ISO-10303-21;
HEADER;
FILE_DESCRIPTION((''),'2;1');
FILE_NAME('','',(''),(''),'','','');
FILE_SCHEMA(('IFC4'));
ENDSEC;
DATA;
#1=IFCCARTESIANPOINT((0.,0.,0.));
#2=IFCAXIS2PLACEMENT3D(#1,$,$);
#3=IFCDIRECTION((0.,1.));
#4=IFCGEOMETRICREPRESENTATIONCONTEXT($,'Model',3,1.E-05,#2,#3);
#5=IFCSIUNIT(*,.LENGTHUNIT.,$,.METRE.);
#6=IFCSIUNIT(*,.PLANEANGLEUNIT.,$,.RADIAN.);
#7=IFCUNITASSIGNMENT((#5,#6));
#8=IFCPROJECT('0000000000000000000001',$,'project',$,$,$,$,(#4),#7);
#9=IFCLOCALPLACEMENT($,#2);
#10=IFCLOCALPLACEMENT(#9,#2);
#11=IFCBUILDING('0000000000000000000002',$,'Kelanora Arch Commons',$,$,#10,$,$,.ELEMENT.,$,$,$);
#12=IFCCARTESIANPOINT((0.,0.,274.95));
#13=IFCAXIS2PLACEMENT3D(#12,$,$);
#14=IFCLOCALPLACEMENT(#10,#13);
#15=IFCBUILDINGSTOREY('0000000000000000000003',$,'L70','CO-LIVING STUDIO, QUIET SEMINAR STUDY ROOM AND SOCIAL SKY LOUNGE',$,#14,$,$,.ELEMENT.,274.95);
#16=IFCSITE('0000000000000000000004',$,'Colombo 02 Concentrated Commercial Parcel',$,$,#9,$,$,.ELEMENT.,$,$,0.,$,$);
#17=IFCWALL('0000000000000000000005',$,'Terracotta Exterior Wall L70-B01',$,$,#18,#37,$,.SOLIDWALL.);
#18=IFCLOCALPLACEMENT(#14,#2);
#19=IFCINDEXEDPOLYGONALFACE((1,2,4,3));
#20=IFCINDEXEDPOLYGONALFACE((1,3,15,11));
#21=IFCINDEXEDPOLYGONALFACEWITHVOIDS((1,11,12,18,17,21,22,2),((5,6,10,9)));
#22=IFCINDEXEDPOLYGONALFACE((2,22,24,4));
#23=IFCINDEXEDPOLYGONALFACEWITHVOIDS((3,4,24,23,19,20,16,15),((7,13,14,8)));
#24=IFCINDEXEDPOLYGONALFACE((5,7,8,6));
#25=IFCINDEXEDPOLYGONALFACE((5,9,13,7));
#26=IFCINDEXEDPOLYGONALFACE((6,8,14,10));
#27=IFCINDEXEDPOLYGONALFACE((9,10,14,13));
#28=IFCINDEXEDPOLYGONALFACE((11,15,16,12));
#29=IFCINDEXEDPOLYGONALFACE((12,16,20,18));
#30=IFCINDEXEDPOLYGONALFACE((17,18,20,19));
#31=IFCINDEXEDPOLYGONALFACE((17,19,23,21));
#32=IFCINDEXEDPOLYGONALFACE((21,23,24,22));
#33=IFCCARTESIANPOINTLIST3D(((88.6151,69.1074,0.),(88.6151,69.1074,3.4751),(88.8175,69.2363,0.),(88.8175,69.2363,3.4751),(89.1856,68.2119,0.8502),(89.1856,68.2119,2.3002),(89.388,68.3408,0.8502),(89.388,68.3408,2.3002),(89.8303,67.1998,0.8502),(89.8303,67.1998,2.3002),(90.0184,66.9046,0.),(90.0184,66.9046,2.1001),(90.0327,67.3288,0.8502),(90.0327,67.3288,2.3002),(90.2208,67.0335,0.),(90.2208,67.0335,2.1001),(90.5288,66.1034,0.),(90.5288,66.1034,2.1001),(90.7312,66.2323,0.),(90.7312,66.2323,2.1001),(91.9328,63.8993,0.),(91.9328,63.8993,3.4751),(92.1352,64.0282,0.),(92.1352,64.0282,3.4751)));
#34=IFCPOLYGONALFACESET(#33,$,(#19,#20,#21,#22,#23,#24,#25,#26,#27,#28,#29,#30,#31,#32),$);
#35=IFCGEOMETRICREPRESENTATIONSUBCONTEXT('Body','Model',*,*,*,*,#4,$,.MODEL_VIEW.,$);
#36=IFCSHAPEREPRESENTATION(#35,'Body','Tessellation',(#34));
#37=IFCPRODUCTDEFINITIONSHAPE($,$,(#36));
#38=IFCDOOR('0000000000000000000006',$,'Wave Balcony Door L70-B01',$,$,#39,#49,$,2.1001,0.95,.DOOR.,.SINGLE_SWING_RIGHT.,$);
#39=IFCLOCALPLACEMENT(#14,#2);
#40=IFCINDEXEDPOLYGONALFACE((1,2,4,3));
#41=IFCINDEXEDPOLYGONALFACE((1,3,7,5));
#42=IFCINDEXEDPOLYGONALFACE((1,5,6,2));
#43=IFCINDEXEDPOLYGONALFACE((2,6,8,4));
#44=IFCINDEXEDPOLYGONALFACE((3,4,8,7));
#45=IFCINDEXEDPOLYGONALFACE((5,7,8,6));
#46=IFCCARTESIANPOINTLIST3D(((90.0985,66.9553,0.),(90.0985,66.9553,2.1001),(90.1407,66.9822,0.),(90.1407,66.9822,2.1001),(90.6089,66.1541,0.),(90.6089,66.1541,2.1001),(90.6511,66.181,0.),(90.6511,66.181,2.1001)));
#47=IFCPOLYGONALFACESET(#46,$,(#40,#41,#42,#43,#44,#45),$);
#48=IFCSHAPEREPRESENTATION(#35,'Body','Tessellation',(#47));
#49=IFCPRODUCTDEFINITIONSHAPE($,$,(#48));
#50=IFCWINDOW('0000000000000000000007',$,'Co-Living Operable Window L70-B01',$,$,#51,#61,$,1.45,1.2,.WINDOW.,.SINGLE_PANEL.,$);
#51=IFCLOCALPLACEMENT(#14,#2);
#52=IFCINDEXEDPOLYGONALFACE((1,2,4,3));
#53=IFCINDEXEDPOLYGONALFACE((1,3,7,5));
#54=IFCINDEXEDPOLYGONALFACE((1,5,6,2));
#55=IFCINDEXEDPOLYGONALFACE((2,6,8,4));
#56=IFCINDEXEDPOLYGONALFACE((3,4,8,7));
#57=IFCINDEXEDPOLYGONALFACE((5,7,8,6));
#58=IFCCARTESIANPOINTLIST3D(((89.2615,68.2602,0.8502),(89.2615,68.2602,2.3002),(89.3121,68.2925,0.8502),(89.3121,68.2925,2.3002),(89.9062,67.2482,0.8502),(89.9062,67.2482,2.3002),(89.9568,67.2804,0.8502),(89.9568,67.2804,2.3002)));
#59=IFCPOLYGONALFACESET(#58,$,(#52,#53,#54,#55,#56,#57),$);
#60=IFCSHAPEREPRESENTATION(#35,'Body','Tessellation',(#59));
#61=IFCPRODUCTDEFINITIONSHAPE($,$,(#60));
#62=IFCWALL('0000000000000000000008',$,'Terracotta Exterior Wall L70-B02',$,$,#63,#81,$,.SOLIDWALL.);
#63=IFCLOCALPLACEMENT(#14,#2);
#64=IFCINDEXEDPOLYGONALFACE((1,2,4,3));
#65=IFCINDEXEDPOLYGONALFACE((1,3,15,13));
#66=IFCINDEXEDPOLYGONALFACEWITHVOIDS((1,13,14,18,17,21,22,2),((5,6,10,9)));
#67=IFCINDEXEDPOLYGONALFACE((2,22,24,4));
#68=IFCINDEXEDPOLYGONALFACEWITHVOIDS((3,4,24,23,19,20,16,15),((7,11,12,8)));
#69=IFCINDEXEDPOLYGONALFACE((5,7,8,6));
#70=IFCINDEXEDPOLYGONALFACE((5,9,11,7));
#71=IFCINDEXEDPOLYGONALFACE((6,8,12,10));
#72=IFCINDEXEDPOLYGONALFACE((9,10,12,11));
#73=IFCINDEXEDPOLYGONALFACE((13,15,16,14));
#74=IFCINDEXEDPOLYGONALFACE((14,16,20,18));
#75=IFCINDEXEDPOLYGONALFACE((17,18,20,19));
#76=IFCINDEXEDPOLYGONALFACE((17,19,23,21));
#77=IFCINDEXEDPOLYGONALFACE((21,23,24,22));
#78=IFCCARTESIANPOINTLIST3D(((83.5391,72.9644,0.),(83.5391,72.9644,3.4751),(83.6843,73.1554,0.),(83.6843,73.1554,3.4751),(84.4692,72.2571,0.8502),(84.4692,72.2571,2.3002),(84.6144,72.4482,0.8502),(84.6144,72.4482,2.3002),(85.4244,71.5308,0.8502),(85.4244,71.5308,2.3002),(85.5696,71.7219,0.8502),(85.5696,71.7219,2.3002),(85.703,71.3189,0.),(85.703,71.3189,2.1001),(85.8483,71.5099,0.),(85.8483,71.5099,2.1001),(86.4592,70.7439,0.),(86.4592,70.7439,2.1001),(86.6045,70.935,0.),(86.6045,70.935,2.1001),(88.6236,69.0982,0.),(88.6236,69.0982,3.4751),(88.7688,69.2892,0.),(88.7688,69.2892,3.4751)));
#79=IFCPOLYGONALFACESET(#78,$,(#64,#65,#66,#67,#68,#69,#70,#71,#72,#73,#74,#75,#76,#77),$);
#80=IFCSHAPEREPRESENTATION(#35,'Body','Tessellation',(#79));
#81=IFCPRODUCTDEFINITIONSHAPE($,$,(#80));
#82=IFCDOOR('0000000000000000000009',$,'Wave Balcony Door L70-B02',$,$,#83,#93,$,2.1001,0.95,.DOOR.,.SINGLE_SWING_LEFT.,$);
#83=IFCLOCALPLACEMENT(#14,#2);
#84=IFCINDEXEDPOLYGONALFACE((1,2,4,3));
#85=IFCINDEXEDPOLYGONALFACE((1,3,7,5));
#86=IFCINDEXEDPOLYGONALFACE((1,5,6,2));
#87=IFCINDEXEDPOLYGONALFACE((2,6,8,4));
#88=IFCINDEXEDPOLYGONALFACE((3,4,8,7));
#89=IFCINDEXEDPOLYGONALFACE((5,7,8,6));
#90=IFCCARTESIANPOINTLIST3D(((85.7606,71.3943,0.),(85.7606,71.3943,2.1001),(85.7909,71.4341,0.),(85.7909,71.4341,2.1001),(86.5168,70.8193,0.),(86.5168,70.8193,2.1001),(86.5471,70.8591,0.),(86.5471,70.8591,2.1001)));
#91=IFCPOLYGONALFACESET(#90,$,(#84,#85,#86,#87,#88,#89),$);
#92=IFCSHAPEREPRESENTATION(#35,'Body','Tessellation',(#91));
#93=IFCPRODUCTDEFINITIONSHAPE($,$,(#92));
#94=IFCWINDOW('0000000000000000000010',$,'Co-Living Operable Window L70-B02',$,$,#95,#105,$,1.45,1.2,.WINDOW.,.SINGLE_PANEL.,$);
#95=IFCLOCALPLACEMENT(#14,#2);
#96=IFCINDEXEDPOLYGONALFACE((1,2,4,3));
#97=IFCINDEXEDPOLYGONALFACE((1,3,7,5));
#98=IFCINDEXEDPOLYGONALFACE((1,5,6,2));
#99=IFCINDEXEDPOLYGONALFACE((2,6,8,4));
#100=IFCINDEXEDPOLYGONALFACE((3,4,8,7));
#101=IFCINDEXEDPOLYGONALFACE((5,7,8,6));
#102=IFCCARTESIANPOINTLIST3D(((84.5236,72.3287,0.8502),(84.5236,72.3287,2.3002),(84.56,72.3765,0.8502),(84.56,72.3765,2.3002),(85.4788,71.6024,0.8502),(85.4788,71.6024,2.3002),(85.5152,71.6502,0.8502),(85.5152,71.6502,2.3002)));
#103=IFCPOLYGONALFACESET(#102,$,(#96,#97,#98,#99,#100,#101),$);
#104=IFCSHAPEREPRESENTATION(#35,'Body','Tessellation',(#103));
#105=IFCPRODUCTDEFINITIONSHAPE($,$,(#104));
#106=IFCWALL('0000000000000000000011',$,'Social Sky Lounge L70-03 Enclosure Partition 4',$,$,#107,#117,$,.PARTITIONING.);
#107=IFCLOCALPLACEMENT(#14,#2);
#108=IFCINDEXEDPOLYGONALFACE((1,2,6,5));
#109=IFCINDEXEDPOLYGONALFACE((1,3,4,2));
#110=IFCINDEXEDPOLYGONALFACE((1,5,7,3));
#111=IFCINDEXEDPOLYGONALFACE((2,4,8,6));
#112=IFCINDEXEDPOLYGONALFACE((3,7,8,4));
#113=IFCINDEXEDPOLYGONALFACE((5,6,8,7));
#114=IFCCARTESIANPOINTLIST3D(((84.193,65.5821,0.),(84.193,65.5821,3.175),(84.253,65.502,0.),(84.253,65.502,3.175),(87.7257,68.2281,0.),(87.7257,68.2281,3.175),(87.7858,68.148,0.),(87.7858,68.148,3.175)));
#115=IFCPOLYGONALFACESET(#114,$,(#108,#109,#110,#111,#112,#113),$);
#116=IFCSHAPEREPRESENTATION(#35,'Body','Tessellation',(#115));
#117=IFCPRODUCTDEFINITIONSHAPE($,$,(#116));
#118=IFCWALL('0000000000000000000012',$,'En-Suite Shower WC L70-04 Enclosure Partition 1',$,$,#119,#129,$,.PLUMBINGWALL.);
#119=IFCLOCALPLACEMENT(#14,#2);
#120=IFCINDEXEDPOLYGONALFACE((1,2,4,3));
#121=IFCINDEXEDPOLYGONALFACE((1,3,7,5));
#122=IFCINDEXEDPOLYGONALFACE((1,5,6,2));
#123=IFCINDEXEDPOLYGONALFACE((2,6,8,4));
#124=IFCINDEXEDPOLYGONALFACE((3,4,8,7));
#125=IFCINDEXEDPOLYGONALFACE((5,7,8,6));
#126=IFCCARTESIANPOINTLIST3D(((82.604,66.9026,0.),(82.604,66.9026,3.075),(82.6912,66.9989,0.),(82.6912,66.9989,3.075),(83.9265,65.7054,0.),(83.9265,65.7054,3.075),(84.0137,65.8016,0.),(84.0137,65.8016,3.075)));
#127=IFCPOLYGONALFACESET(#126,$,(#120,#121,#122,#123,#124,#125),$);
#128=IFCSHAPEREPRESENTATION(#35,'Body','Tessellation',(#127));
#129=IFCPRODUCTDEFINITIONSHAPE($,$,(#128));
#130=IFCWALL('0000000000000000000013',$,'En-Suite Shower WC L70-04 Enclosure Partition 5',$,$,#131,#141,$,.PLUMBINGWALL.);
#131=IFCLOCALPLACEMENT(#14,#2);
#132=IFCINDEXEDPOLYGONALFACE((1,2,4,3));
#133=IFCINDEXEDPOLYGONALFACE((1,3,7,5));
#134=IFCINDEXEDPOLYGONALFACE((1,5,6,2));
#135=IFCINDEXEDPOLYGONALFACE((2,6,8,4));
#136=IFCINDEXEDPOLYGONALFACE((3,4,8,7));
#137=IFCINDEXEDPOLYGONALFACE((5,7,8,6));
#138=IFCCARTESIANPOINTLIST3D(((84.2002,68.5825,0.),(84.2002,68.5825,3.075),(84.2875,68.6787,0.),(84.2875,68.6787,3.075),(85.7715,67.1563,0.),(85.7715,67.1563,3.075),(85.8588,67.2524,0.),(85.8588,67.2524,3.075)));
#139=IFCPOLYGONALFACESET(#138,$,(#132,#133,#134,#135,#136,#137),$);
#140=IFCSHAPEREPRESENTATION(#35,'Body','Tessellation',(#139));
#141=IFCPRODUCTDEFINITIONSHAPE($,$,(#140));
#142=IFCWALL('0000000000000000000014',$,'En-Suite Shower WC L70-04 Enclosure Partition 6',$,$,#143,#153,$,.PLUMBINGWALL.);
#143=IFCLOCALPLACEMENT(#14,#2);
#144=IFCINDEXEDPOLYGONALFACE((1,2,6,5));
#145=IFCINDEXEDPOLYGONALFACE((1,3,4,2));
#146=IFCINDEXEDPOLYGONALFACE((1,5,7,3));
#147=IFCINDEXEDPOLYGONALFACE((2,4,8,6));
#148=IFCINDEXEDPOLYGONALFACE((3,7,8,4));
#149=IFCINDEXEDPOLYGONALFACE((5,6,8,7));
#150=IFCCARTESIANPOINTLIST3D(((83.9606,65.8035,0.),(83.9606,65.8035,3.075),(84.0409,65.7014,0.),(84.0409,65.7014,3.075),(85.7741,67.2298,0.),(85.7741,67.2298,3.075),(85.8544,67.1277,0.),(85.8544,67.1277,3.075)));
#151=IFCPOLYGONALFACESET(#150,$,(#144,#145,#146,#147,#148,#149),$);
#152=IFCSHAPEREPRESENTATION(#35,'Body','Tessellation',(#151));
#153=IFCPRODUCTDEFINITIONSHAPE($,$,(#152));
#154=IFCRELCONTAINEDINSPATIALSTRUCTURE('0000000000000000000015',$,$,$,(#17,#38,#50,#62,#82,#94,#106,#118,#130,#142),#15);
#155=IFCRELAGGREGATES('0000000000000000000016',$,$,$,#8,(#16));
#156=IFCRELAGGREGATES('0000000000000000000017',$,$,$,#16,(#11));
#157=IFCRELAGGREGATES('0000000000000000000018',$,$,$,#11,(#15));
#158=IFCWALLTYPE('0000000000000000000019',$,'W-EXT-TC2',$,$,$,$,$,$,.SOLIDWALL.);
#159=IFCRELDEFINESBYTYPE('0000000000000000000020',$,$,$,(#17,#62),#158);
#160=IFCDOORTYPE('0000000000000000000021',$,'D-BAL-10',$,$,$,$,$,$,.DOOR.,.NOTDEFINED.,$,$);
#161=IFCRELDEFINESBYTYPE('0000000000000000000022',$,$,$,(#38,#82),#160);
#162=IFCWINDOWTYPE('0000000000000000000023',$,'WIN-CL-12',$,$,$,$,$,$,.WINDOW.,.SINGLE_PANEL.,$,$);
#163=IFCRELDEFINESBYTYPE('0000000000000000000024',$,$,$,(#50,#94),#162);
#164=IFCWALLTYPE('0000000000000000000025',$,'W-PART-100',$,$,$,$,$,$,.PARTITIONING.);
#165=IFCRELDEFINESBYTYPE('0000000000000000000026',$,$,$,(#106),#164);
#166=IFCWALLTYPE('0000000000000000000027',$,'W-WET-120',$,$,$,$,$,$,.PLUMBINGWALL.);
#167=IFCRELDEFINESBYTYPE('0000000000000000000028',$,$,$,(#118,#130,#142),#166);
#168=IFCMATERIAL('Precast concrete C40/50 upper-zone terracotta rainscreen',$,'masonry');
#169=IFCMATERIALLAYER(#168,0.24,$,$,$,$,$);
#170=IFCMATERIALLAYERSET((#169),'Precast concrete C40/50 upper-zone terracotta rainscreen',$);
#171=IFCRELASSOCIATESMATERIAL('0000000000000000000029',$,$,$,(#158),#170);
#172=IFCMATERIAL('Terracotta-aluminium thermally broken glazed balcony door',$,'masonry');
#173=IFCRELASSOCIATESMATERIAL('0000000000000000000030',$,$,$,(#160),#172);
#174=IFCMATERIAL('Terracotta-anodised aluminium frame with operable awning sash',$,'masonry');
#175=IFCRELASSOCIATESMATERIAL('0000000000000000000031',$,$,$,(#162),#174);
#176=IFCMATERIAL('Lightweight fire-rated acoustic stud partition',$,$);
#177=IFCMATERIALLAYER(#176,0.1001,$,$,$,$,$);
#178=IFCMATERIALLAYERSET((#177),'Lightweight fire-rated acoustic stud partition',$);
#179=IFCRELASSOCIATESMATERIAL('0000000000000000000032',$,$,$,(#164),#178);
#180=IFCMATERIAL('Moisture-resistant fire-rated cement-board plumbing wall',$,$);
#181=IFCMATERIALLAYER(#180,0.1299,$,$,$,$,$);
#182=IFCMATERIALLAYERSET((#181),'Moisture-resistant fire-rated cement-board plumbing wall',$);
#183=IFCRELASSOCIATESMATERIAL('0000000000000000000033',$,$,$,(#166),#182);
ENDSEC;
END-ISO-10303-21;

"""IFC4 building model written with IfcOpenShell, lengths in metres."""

from ifc_helpers import new_model, si_unit, direction, frame, frame_2d, origin, place, context, subcontext, project, spatial, rectangle, extrude, material, layer, layer_set, type_object, element, fill, save


model = new_model("IFC4")

# Units and contexts
model_context = context("Model", 3, precision=1e-05, world=origin(), true_north=direction((0.0, 1.0)))
body_context = subcontext(model_context, "Body", "Model", "MODEL_VIEW")
ifc_project = project(units=[si_unit("LENGTHUNIT", "METRE"), si_unit("PLANEANGLEUNIT", "RADIAN")], contexts=[model_context])

# Site, building, storey
site_placement = place(None, origin())
site = spatial("IfcSite", under=ifc_project, at=site_placement, Name="Colombo 02 Concentrated Commercial Parcel", CompositionType="ELEMENT", RefElevation=0.0)
building_placement = place(site_placement, origin())
building = spatial("IfcBuilding", under=site, at=building_placement, Name="Kelanora Arch Commons", CompositionType="ELEMENT")
storey_placement = place(building_placement, frame((0.0, 0.0, 274.95)))
storey = spatial("IfcBuildingStorey", under=building, at=storey_placement, Name="L70", Description="CO-LIVING STUDIO, QUIET SEMINAR STUDY ROOM AND SOCIAL SKY LOUNGE", CompositionType="ELEMENT", Elevation=274.95)

# Walls, openings, doors, windows
ifc_material_1 = material(Name="Precast concrete C40/50 upper-zone terracotta rainscreen", Category="masonry")
ifc_layer_1 = layer(ifc_material_1, 0.24)
ifc_layer_set_1 = layer_set([ifc_layer_1], Name="Precast concrete C40/50 upper-zone terracotta rainscreen")
wall_type_1 = type_object("IfcWallType", Name="W-EXT-TC2", PredefinedType="SOLIDWALL", material=ifc_layer_set_1)
wall_1_placement = place(storey_placement, frame((92.0339, 63.9639, 0.0), z_axis=(0.0, 0.0, 1.0), x_axis=(-0.537272, 0.843409, 0.0)))
wall_1 = element("IfcWall", 1, at=wall_1_placement, inside=storey, type_object=wall_type_1, Name="Terracotta Exterior Wall L70-B01", PredefinedType="SOLIDWALL", context=body_context, shape_type="SweptSolid", body=[
    extrude(rectangle(XDim=6.175, YDim=0.24, at=frame_2d((3.0874, 0.0))), origin(), (0.0, 0.0, 1.0), 3.4751),
])
opening_1_placement = place(wall_1_placement, frame((2.613, 0.0, 0.0)))
opening_1 = element("IfcOpeningElement", 2, at=opening_1_placement, cuts=wall_1, PredefinedType="OPENING", context=body_context, shape_type="SweptSolid", body=[
    extrude(rectangle(XDim=0.95, YDim=2.1001, at=frame_2d((0.4751, 1.05))), frame((0.0, 0.1299, 0.0), z_axis=(0.0, -1.0, 0.0), x_axis=(1.0, 0.0, 0.0)), (0.0, 0.0, 1.0), 0.26),
])
opening_2_placement = place(wall_1_placement, frame((3.9131, 0.0, 0.8501)))
opening_2 = element("IfcOpeningElement", 3, at=opening_2_placement, cuts=wall_1, PredefinedType="OPENING", context=body_context, shape_type="SweptSolid", body=[
    extrude(rectangle(XDim=1.2, YDim=1.45, at=frame_2d((0.6001, 0.7251))), frame((0.0, 0.1299, 0.0), z_axis=(0.0, -1.0, 0.0), x_axis=(1.0, 0.0, 0.0)), (0.0, 0.0, 1.0), 0.26),
])
ifc_material_2 = material(Name="Terracotta-aluminium thermally broken glazed balcony door", Category="masonry")
door_type = type_object("IfcDoorType", Name="D-BAL-10", OperationType="NOTDEFINED", PredefinedType="DOOR", material=ifc_material_2)
door_1_placement = place(opening_1_placement, frame((0.95, 0.0, 0.0), z_axis=(0.0, 0.0, 1.0), x_axis=(-1.0, 0.0, 0.0)))
door_1 = element("IfcDoor", 4, at=door_1_placement, inside=storey, type_object=door_type, Name="Wave Balcony Door L70-B01", OperationType="SINGLE_SWING_RIGHT", OverallHeight=2.1001, OverallWidth=0.95, PredefinedType="DOOR", context=body_context, shape_type="SweptSolid", body=[
    extrude(rectangle(XDim=0.95, YDim=2.1001, at=frame_2d((0.4751, 1.05))), frame((0.0, 0.0249, 0.0), z_axis=(0.0, -1.0, 0.0), x_axis=(1.0, 0.0, 0.0)), (0.0, 0.0, 1.0), 0.05),
])
fill(opening_1, door_1)
ifc_material_3 = material(Name="Terracotta-anodised aluminium frame with operable awning sash", Category="masonry")
window_type = type_object("IfcWindowType", Name="WIN-CL-12", PartitioningType="SINGLE_PANEL", PredefinedType="WINDOW", material=ifc_material_3)
window_1_placement = place(opening_2_placement, origin())
window_1 = element("IfcWindow", 5, at=window_1_placement, inside=storey, type_object=window_type, Name="Co-Living Operable Window L70-B01", OverallHeight=1.45, OverallWidth=1.2, PartitioningType="SINGLE_PANEL", PredefinedType="WINDOW", context=body_context, shape_type="SweptSolid", body=[
    extrude(rectangle(XDim=1.2, YDim=1.45, at=frame_2d((0.6001, 0.7251))), frame((0.0, 0.03, 0.0), z_axis=(0.0, -1.0, 0.0), x_axis=(1.0, 0.0, 0.0)), (0.0, 0.0, 1.0), 0.0601),
])
fill(opening_2, window_1)
wall_2_placement = place(storey_placement, frame((88.6963, 69.1936, 0.0), z_axis=(0.0, 0.0, 1.0), x_axis=(-0.79601, 0.605283, 0.0)))
wall_2 = element("IfcWall", 6, at=wall_2_placement, inside=storey, type_object=wall_type_1, Name="Terracotta Exterior Wall L70-B02", PredefinedType="SOLIDWALL", context=body_context, shape_type="SweptSolid", body=[
    extrude(rectangle(XDim=6.3875, YDim=0.24, at=frame_2d((3.1938, 0.0))), origin(), (0.0, 0.0, 1.0), 3.4751),
])
opening_3_placement = place(wall_2_placement, frame((2.719, 0.0, 0.0)))
opening_3 = element("IfcOpeningElement", 7, at=opening_3_placement, cuts=wall_2, PredefinedType="OPENING", context=body_context, shape_type="SweptSolid", body=[
    extrude(rectangle(XDim=0.95, YDim=2.1001, at=frame_2d((0.4751, 1.05))), frame((0.0, 0.1299, 0.0), z_axis=(0.0, -1.0, 0.0), x_axis=(1.0, 0.0, 0.0)), (0.0, 0.0, 1.0), 0.26),
])
opening_4_placement = place(wall_2_placement, frame((4.019, 0.0, 0.8501)))
opening_4 = element("IfcOpeningElement", 8, at=opening_4_placement, cuts=wall_2, PredefinedType="OPENING", context=body_context, shape_type="SweptSolid", body=[
    extrude(rectangle(XDim=1.2, YDim=1.45, at=frame_2d((0.6001, 0.7251))), frame((0.0, 0.1299, 0.0), z_axis=(0.0, -1.0, 0.0), x_axis=(1.0, 0.0, 0.0)), (0.0, 0.0, 1.0), 0.26),
])
door_2_placement = place(opening_3_placement, frame((0.95, 0.0, 0.0), z_axis=(0.0, 0.0, 1.0), x_axis=(-1.0, 0.0, 0.0)))
door_2 = element("IfcDoor", 9, at=door_2_placement, inside=storey, type_object=door_type, Name="Wave Balcony Door L70-B02", OperationType="SINGLE_SWING_LEFT", OverallHeight=2.1001, OverallWidth=0.95, PredefinedType="DOOR", context=body_context, shape_type="SweptSolid", body=[
    extrude(rectangle(XDim=0.95, YDim=2.1001, at=frame_2d((0.4751, 1.05))), frame((0.0, 0.0249, 0.0), z_axis=(0.0, -1.0, 0.0), x_axis=(1.0, 0.0, 0.0)), (0.0, 0.0, 1.0), 0.05),
])
fill(opening_3, door_2)
window_2_placement = place(opening_4_placement, origin())
window_2 = element("IfcWindow", 10, at=window_2_placement, inside=storey, type_object=window_type, Name="Co-Living Operable Window L70-B02", OverallHeight=1.45, OverallWidth=1.2, PartitioningType="SINGLE_PANEL", PredefinedType="WINDOW", context=body_context, shape_type="SweptSolid", body=[
    extrude(rectangle(XDim=1.2, YDim=1.45, at=frame_2d((0.6001, 0.7251))), frame((0.0, 0.03, 0.0), z_axis=(0.0, -1.0, 0.0), x_axis=(1.0, 0.0, 0.0)), (0.0, 0.0, 1.0), 0.0601),
])
fill(opening_4, window_2)

# Walls
ifc_material_4 = material(Name="Lightweight fire-rated acoustic stud partition")
ifc_layer_2 = layer(ifc_material_4, 0.1001)
ifc_layer_set_2 = layer_set([ifc_layer_2], Name="Lightweight fire-rated acoustic stud partition")
wall_type_2 = type_object("IfcWallType", Name="W-PART-100", PredefinedType="PARTITIONING", material=ifc_layer_set_2)
wall_3_placement = place(storey_placement, frame((84.2229, 65.542, 0.0), z_axis=(0.0, 0.0, 1.0), x_axis=(0.800385, 0.599487, 0.0)))
element("IfcWall", 11, at=wall_3_placement, inside=storey, type_object=wall_type_2, Name="Social Sky Lounge L70-03 Enclosure Partition 4", PredefinedType="PARTITIONING", context=body_context, shape_type="SweptSolid", body=[
    extrude(rectangle(XDim=4.4138, YDim=0.1001, at=frame_2d((2.207, 0.0))), origin(), (0.0, 0.0, 1.0), 3.175),
])
ifc_material_5 = material(Name="Moisture-resistant fire-rated cement-board plumbing wall")
ifc_layer_3 = layer(ifc_material_5, 0.1299)
ifc_layer_set_3 = layer_set([ifc_layer_3], Name="Moisture-resistant fire-rated cement-board plumbing wall")
wall_type_3 = type_object("IfcWallType", Name="W-WET-120", PredefinedType="PLUMBINGWALL", material=ifc_layer_set_3)
wall_4_placement = place(storey_placement, frame((83.9702, 65.7534, 0.0), z_axis=(0.0, 0.0, 1.0), x_axis=(-0.741338, 0.671132, 0.0)))
element("IfcWall", 12, at=wall_4_placement, inside=storey, type_object=wall_type_3, Name="En-Suite Shower WC L70-04 Enclosure Partition 1", PredefinedType="PLUMBINGWALL", context=body_context, shape_type="SweptSolid", body=[
    extrude(rectangle(XDim=1.7839, YDim=0.1299, at=frame_2d((0.8921, 0.0))), origin(), (0.0, 0.0, 1.0), 3.075),
])
wall_5_placement = place(storey_placement, frame((84.2439, 68.6306, 0.0), z_axis=(0.0, 0.0, 1.0), x_axis=(0.74045, -0.672111, 0.0)))
element("IfcWall", 13, at=wall_5_placement, inside=storey, type_object=wall_type_3, Name="En-Suite Shower WC L70-04 Enclosure Partition 5", PredefinedType="PLUMBINGWALL", context=body_context, shape_type="SweptSolid", body=[
    extrude(rectangle(XDim=2.1221, YDim=0.1299, at=frame_2d((1.061, 0.0))), origin(), (0.0, 0.0, 1.0), 3.075),
])
wall_6_placement = place(storey_placement, frame((85.8142, 67.1787, 0.0), z_axis=(0.0, 0.0, 1.0), x_axis=(-0.786024, -0.618195, 0.0)))
element("IfcWall", 14, at=wall_6_placement, inside=storey, type_object=wall_type_3, Name="En-Suite Shower WC L70-04 Enclosure Partition 6", PredefinedType="PLUMBINGWALL", context=body_context, shape_type="SweptSolid", body=[
    extrude(rectangle(XDim=2.3071, YDim=0.1299, at=frame_2d((1.1536, 0.0))), origin(), (0.0, 0.0, 1.0), 3.075),
])

save(model, "model.ifc")
